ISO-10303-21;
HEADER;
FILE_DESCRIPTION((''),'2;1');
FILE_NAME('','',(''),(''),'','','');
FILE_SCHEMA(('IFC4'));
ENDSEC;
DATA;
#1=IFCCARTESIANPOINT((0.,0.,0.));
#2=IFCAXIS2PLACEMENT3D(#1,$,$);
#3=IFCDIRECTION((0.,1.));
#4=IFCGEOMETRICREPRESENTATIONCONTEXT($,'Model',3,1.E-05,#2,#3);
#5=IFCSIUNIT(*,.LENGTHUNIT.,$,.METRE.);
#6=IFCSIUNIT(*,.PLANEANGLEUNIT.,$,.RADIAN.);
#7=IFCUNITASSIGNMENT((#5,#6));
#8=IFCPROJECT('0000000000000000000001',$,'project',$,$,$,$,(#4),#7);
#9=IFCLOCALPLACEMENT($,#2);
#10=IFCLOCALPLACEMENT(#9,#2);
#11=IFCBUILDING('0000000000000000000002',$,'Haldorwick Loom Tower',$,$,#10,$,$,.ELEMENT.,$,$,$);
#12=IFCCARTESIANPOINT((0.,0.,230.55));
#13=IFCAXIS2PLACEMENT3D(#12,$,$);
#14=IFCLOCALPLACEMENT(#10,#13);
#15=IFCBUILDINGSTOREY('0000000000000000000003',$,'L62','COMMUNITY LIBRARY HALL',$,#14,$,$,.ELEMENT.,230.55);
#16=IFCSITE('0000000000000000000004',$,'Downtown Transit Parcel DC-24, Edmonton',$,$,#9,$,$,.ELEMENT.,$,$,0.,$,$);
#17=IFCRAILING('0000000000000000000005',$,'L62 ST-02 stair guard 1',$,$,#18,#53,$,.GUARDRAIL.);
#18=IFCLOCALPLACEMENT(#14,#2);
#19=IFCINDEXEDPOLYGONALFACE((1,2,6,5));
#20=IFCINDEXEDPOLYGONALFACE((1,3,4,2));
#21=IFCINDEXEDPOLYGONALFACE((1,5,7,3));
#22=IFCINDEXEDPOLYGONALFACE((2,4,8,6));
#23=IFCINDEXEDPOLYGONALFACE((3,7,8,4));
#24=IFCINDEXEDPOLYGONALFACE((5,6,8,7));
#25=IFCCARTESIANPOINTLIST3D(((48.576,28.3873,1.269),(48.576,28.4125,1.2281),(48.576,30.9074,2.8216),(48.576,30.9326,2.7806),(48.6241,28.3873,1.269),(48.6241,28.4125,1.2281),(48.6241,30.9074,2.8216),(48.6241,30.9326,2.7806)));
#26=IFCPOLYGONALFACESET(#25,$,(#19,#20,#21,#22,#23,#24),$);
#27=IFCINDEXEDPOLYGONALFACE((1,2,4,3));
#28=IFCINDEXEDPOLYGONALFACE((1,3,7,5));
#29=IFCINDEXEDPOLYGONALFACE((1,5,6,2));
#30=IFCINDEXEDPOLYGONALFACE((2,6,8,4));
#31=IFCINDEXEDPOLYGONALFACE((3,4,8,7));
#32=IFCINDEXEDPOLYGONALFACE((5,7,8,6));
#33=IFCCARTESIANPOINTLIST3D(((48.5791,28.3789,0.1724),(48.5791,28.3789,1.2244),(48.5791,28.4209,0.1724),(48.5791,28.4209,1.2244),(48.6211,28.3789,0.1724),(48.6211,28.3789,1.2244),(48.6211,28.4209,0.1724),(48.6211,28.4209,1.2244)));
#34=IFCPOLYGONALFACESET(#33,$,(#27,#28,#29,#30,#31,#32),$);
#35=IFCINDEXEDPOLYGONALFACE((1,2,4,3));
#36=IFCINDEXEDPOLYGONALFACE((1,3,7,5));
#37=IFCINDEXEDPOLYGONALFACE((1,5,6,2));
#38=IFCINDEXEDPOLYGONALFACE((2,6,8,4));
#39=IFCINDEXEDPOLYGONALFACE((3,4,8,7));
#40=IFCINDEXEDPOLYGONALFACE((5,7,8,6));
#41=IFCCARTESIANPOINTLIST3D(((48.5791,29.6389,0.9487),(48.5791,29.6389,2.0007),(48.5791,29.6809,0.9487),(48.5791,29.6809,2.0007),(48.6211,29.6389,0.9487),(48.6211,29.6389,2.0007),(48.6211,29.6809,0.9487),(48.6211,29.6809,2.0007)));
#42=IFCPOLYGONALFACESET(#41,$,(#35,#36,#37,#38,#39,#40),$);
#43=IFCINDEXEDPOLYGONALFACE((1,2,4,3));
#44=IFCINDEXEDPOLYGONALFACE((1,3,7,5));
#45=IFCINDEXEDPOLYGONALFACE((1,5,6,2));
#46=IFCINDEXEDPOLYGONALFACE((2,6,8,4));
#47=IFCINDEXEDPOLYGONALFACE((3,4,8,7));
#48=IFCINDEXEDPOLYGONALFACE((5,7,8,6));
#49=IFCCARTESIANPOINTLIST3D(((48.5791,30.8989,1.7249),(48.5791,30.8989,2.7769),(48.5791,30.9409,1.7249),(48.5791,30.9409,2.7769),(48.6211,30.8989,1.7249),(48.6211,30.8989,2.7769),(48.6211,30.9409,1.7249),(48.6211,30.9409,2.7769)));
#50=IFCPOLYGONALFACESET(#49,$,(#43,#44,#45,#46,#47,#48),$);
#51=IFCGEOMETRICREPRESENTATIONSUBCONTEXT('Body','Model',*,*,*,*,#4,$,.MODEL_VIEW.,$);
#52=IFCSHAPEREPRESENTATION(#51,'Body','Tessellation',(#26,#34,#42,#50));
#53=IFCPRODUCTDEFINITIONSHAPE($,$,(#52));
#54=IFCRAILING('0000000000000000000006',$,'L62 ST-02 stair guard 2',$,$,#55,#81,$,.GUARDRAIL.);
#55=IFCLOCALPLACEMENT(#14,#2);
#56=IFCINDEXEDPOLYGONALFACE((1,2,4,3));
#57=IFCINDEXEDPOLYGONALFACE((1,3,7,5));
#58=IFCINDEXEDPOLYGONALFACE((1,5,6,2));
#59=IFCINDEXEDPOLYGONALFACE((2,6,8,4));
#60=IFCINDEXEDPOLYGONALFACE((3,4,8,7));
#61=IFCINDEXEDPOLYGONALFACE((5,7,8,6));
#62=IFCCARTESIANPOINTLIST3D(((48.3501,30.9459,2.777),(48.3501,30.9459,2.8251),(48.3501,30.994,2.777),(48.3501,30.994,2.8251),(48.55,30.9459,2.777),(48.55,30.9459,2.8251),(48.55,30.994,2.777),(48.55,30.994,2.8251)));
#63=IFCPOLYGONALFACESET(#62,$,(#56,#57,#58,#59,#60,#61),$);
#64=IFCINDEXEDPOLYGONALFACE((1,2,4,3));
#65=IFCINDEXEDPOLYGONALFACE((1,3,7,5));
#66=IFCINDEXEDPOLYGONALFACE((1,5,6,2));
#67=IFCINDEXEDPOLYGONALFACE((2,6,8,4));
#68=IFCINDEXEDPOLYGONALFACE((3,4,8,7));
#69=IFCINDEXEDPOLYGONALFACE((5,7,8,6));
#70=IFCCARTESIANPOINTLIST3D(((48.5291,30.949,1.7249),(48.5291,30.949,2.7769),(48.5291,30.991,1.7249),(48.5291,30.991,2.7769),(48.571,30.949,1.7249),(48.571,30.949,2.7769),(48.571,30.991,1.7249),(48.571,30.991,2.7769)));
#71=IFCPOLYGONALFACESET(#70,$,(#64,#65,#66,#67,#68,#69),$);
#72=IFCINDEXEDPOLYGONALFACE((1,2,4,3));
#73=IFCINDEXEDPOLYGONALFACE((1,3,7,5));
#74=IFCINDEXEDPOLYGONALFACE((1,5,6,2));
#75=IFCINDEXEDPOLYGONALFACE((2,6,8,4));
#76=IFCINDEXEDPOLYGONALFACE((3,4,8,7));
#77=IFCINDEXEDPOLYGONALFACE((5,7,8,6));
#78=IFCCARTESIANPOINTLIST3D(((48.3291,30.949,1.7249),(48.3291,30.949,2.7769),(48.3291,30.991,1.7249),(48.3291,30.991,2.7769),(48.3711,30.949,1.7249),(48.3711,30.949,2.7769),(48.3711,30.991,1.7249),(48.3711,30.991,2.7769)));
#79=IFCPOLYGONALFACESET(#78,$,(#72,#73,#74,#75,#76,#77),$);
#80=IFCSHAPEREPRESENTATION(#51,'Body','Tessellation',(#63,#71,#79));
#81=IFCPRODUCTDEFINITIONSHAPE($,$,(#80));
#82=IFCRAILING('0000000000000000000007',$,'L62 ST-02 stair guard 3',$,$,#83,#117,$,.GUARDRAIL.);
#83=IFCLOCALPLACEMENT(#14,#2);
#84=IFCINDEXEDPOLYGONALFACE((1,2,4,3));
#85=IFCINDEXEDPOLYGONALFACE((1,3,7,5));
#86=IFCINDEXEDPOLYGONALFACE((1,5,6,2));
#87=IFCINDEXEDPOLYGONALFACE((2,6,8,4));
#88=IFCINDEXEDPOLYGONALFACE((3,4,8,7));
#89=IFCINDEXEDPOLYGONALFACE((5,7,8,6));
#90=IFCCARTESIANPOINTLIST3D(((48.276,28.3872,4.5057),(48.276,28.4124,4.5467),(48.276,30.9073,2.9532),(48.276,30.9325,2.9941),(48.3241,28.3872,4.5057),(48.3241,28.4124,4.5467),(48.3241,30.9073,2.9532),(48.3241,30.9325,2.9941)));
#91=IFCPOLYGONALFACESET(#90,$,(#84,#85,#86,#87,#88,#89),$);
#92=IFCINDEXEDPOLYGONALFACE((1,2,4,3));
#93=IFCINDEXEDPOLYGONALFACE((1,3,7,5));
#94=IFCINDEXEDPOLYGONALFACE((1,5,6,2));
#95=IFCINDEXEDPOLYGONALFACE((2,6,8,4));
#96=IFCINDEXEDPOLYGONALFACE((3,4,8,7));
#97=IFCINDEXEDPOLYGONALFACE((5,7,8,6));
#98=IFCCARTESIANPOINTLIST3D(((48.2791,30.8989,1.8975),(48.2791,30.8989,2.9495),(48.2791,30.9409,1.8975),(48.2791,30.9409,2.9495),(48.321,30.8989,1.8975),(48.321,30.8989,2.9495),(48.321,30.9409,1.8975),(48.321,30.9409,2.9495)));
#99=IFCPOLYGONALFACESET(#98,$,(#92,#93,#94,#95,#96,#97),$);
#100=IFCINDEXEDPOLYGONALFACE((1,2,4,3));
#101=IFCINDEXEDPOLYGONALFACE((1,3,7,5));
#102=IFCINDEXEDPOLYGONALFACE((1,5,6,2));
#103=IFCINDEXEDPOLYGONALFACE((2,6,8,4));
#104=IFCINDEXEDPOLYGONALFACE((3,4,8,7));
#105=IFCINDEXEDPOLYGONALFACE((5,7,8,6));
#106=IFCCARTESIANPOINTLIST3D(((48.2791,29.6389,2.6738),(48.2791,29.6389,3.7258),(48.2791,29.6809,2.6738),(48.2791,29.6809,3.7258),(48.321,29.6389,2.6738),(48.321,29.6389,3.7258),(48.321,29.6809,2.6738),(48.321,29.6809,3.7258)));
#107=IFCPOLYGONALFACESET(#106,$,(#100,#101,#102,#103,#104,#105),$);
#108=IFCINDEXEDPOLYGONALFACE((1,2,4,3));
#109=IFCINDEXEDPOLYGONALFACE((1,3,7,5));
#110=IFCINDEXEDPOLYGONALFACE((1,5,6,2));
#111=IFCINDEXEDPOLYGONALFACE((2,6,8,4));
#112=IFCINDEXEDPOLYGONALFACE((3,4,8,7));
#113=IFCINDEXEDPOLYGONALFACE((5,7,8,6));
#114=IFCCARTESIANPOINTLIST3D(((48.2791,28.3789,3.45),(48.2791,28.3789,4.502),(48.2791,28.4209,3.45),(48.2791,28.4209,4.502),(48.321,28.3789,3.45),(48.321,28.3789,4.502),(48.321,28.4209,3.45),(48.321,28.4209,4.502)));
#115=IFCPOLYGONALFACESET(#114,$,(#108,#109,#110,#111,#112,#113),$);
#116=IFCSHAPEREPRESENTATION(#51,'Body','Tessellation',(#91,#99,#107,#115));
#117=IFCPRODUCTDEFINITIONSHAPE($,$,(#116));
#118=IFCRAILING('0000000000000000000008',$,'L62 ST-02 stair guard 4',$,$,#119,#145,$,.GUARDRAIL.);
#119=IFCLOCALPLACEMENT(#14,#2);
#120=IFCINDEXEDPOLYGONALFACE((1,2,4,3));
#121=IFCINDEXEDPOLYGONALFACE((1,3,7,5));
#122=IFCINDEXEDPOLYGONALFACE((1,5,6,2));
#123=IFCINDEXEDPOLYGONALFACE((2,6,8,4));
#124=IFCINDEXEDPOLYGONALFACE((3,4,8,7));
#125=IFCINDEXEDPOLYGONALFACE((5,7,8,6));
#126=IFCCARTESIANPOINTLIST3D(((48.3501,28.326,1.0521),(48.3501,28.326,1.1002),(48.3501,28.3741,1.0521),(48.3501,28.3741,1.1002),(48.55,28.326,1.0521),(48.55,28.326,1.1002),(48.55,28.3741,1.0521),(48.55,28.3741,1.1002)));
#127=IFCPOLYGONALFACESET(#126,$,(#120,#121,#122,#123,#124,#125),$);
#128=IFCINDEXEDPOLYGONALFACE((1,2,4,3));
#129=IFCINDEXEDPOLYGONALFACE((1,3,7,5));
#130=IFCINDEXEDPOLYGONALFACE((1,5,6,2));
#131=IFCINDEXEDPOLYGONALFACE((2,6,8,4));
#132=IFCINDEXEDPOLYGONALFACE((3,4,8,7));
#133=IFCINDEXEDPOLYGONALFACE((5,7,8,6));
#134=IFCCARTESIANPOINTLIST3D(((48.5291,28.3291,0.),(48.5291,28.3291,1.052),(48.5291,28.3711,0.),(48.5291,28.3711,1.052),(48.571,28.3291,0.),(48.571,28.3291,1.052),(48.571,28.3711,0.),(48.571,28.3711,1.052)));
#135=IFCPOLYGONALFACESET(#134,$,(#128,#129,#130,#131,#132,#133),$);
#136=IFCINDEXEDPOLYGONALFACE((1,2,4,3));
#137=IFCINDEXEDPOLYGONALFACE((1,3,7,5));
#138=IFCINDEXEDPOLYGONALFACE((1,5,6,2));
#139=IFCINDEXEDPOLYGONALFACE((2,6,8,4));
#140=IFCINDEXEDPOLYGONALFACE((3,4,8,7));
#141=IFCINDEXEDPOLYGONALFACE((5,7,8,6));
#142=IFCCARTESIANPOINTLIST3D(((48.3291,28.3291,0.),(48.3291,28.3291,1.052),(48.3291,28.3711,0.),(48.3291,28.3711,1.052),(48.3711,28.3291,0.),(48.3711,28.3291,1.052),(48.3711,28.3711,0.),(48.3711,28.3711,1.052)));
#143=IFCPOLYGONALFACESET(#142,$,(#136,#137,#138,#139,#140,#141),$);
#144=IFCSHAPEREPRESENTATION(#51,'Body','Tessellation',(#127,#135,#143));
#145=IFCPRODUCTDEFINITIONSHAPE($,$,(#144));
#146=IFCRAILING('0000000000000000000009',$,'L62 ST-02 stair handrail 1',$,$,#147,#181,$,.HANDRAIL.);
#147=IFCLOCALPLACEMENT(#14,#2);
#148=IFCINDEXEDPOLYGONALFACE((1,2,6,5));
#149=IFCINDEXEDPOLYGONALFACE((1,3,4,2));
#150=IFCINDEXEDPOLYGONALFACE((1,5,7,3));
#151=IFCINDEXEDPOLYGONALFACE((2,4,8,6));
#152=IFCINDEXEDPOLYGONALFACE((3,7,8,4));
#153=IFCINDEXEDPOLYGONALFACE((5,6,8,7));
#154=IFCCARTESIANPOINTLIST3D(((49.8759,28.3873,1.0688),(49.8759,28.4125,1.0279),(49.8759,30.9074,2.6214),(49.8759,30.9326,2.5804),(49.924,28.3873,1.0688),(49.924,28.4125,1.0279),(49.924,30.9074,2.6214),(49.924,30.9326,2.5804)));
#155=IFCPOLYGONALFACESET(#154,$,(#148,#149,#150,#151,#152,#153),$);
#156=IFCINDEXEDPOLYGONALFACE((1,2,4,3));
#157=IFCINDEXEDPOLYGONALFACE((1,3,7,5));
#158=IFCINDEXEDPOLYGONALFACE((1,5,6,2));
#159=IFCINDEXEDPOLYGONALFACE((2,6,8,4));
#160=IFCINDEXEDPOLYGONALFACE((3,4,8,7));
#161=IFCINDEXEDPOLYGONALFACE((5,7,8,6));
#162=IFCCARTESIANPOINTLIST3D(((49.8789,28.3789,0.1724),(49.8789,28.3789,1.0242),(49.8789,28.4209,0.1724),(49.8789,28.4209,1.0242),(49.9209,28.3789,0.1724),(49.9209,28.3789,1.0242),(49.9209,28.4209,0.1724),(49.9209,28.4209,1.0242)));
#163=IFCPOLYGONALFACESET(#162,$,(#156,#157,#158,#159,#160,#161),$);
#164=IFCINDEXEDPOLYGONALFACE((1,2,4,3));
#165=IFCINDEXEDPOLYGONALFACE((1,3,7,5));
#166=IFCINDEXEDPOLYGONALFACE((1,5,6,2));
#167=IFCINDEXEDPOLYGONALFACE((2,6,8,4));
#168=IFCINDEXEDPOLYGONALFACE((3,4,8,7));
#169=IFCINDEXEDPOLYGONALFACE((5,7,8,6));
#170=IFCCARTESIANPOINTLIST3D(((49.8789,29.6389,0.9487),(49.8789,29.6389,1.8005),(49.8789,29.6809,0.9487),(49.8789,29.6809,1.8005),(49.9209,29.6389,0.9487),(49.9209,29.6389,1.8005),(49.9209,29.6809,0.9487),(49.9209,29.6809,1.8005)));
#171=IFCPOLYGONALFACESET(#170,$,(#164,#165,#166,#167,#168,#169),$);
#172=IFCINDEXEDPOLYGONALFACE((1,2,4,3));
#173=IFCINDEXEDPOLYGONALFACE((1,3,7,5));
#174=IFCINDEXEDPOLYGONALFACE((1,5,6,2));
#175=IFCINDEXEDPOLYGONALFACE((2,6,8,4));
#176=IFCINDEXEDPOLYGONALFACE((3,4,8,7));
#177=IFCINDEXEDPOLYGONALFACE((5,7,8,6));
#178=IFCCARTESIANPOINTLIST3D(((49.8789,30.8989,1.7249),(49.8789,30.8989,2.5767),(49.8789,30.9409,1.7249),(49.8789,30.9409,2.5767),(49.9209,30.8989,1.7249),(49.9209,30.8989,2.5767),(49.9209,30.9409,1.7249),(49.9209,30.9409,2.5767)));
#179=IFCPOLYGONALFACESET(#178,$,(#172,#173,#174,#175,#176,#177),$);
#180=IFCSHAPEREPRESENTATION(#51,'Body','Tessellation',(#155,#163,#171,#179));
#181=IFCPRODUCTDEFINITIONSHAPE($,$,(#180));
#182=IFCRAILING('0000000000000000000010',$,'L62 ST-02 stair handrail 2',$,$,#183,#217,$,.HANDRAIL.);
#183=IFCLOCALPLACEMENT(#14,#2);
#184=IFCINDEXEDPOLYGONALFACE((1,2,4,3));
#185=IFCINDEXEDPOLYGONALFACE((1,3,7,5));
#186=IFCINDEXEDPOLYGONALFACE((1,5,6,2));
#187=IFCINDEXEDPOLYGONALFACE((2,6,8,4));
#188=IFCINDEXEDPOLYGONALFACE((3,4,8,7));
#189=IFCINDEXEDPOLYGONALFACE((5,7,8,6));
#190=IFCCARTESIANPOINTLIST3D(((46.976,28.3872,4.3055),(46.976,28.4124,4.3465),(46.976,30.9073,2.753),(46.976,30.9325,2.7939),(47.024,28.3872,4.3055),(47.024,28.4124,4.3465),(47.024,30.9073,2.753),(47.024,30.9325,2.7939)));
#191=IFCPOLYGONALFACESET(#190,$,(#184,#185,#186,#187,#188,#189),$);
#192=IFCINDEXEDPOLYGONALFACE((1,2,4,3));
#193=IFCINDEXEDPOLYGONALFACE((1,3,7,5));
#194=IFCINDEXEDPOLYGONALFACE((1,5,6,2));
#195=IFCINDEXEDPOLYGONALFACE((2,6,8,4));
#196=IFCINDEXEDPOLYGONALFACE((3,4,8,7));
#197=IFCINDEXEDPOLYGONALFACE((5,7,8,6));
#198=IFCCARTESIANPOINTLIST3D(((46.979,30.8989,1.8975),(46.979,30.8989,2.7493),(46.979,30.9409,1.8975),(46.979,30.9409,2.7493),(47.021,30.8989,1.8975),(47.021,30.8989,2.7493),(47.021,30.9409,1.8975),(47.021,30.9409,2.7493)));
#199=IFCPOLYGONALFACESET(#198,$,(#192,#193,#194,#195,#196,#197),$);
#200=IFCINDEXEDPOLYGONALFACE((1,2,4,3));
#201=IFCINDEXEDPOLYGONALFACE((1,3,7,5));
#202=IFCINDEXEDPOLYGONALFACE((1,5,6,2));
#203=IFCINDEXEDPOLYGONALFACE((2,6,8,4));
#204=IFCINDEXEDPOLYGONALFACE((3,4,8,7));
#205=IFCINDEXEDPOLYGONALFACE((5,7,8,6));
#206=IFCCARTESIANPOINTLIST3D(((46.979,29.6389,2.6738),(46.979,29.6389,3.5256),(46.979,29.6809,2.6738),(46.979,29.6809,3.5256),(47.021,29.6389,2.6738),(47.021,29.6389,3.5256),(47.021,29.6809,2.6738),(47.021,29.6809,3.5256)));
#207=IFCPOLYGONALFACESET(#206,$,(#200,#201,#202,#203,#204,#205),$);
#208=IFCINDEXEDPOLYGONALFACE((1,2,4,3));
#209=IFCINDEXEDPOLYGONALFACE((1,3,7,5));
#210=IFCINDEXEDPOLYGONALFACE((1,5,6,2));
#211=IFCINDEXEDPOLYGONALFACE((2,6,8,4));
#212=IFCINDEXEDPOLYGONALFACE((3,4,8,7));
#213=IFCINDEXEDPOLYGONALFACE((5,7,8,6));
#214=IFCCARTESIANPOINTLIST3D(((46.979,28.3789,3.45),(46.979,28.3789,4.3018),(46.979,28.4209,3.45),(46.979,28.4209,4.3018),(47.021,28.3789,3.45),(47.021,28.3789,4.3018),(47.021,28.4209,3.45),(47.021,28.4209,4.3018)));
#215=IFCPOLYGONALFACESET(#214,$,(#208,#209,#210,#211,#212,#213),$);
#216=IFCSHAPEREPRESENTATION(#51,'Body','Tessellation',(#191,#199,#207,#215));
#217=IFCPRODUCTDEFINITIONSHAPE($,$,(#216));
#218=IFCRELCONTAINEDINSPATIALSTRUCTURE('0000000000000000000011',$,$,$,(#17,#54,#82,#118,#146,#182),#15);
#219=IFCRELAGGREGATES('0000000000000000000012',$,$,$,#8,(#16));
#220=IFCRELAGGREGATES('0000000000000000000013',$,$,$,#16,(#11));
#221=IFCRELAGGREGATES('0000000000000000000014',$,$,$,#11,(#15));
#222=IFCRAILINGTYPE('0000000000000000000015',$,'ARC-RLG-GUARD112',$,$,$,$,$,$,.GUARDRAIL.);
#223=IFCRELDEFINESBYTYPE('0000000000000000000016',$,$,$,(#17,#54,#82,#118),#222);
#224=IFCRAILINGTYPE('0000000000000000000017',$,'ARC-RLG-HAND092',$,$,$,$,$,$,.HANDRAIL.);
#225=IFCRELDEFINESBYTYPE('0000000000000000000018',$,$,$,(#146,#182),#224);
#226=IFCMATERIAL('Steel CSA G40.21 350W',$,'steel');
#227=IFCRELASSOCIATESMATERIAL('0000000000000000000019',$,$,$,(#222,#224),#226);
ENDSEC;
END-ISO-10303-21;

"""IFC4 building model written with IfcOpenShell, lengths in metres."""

from ifc_helpers import new_model, si_unit, direction, frame, origin, origin_2d, place, context, subcontext, project, spatial, rectangle, extrude, material, type_object, element, save


model = new_model("IFC4")

# Units and contexts
model_context = context("Model", 3, precision=1e-05, world=origin(), true_north=direction((0.0, 1.0)))
body_context = subcontext(model_context, "Body", "Model", "MODEL_VIEW")
ifc_project = project(units=[si_unit("LENGTHUNIT", "METRE"), si_unit("PLANEANGLEUNIT", "RADIAN")], contexts=[model_context])

# Site, building, storey
site_placement = place(None, origin())
site = spatial("IfcSite", under=ifc_project, at=site_placement, Name="Downtown Transit Parcel DC-24, Edmonton", CompositionType="ELEMENT", RefElevation=0.0)
building_placement = place(site_placement, origin())
building = spatial("IfcBuilding", under=site, at=building_placement, Name="Haldorwick Loom Tower", CompositionType="ELEMENT")
storey_placement = place(building_placement, frame((0.0, 0.0, 230.55)))
storey = spatial("IfcBuildingStorey", under=building, at=storey_placement, Name="L62", Description="COMMUNITY LIBRARY HALL", CompositionType="ELEMENT", Elevation=230.55)

# Shared definitions
ifc_material_1 = material(Name="Steel CSA G40.21 350W", Category="steel")

# Railings
railing_type_1 = type_object("IfcRailingType", Name="ARC-RLG-GUARD112", PredefinedType="GUARDRAIL", material=ifc_material_1)
railing_1_placement = place(storey_placement, frame((48.6001, 28.3999, 0.1724)))
element("IfcRailing", 1, at=railing_1_placement, inside=storey, type_object=railing_type_1, Name="L62 ST-02 stair guard 1", PredefinedType="GUARDRAIL", context=body_context, shape_type="SweptSolid", body=[
    extrude(rectangle(XDim=0.0481, YDim=0.0481, at=origin_2d()), frame((0.0, 0.0, 1.0762), z_axis=(0.0, 0.8514, 0.524516), x_axis=(-1.0, 0.0, 0.0)), (0.0, 0.0, 1.0), 2.96),
    extrude(rectangle(XDim=0.042, YDim=0.042, at=origin_2d()), origin(), (0.0, 0.0, 1.0), 1.052),
    extrude(rectangle(XDim=0.042, YDim=0.042, at=origin_2d()), frame((0.0, 1.26, 0.7764)), (0.0, 0.0, 1.0), 1.052),
    extrude(rectangle(XDim=0.042, YDim=0.042, at=origin_2d()), frame((0.0, 2.52, 1.5525)), (0.0, 0.0, 1.0), 1.052),
])
railing_2_placement = place(storey_placement, frame((48.55, 30.97, 1.7249)))
element("IfcRailing", 2, at=railing_2_placement, inside=storey, type_object=railing_type_1, Name="L62 ST-02 stair guard 2", PredefinedType="GUARDRAIL", context=body_context, shape_type="SweptSolid", body=[
    extrude(rectangle(XDim=0.0481, YDim=0.0481, at=origin_2d()), frame((0.0, 0.0, 1.0762), z_axis=(-1.0, 0.0, 0.0), x_axis=(0.0, -1.0, 0.0)), (0.0, 0.0, 1.0), 0.2),
    extrude(rectangle(XDim=0.042, YDim=0.042, at=origin_2d()), origin(), (0.0, 0.0, 1.0), 1.052),
    extrude(rectangle(XDim=0.042, YDim=0.042, at=origin_2d()), frame((-0.2, 0.0, 0.0)), (0.0, 0.0, 1.0), 1.052),
])
railing_3_placement = place(storey_placement, frame((48.3, 30.9199, 1.8975)))
element("IfcRailing", 3, at=railing_3_placement, inside=storey, type_object=railing_type_1, Name="L62 ST-02 stair guard 3", PredefinedType="GUARDRAIL", context=body_context, shape_type="SweptSolid", body=[
    extrude(rectangle(XDim=0.0481, YDim=0.0481, at=origin_2d()), frame((0.0, 0.0, 1.0762), z_axis=(0.0, -0.8514, 0.524516), x_axis=(1.0, 0.0, 0.0)), (0.0, 0.0, 1.0), 2.96),
    extrude(rectangle(XDim=0.042, YDim=0.042, at=origin_2d()), origin(), (0.0, 0.0, 1.0), 1.052),
    extrude(rectangle(XDim=0.042, YDim=0.042, at=origin_2d()), frame((0.0, -1.26, 0.7764)), (0.0, 0.0, 1.0), 1.052),
    extrude(rectangle(XDim=0.042, YDim=0.042, at=origin_2d()), frame((0.0, -2.52, 1.5525)), (0.0, 0.0, 1.0), 1.052),
])
railing_4_placement = place(storey_placement, frame((48.55, 28.3501, 0.0)))
element("IfcRailing", 4, at=railing_4_placement, inside=storey, type_object=railing_type_1, Name="L62 ST-02 stair guard 4", PredefinedType="GUARDRAIL", context=body_context, shape_type="SweptSolid", body=[
    extrude(rectangle(XDim=0.0481, YDim=0.0481, at=origin_2d()), frame((0.0, 0.0, 1.0762), z_axis=(-1.0, 0.0, 0.0), x_axis=(0.0, -1.0, 0.0)), (0.0, 0.0, 1.0), 0.2),
    extrude(rectangle(XDim=0.042, YDim=0.042, at=origin_2d()), origin(), (0.0, 0.0, 1.0), 1.052),
    extrude(rectangle(XDim=0.042, YDim=0.042, at=origin_2d()), frame((-0.2, 0.0, 0.0)), (0.0, 0.0, 1.0), 1.052),
])
railing_type_2 = type_object("IfcRailingType", Name="ARC-RLG-HAND092", PredefinedType="HANDRAIL", material=ifc_material_1)
railing_5_placement = place(storey_placement, frame((49.8999, 28.3999, 0.1724)))
element("IfcRailing", 5, at=railing_5_placement, inside=storey, type_object=railing_type_2, Name="L62 ST-02 stair handrail 1", PredefinedType="HANDRAIL", context=body_context, shape_type="SweptSolid", body=[
    extrude(rectangle(XDim=0.0481, YDim=0.0481, at=origin_2d()), frame((0.0, 0.0, 0.876), z_axis=(0.0, 0.8514, 0.524516), x_axis=(-1.0, 0.0, 0.0)), (0.0, 0.0, 1.0), 2.96),
    extrude(rectangle(XDim=0.042, YDim=0.042, at=origin_2d()), origin(), (0.0, 0.0, 1.0), 0.8518),
    extrude(rectangle(XDim=0.042, YDim=0.042, at=origin_2d()), frame((0.0, 1.26, 0.7764)), (0.0, 0.0, 1.0), 0.8518),
    extrude(rectangle(XDim=0.042, YDim=0.042, at=origin_2d()), frame((0.0, 2.52, 1.5525)), (0.0, 0.0, 1.0), 0.8518),
])
railing_6_placement = place(storey_placement, frame((47.0, 30.9199, 1.8975)))
element("IfcRailing", 6, at=railing_6_placement, inside=storey, type_object=railing_type_2, Name="L62 ST-02 stair handrail 2", PredefinedType="HANDRAIL", context=body_context, shape_type="SweptSolid", body=[
    extrude(rectangle(XDim=0.0481, YDim=0.0481, at=origin_2d()), frame((0.0, 0.0, 0.876), z_axis=(0.0, -0.8514, 0.524516), x_axis=(1.0, 0.0, 0.0)), (0.0, 0.0, 1.0), 2.96),
    extrude(rectangle(XDim=0.042, YDim=0.042, at=origin_2d()), origin(), (0.0, 0.0, 1.0), 0.8518),
    extrude(rectangle(XDim=0.042, YDim=0.042, at=origin_2d()), frame((0.0, -1.26, 0.7764)), (0.0, 0.0, 1.0), 0.8518),
    extrude(rectangle(XDim=0.042, YDim=0.042, at=origin_2d()), frame((0.0, -2.52, 1.5525)), (0.0, 0.0, 1.0), 0.8518),
])

save(model, "model.ifc")
